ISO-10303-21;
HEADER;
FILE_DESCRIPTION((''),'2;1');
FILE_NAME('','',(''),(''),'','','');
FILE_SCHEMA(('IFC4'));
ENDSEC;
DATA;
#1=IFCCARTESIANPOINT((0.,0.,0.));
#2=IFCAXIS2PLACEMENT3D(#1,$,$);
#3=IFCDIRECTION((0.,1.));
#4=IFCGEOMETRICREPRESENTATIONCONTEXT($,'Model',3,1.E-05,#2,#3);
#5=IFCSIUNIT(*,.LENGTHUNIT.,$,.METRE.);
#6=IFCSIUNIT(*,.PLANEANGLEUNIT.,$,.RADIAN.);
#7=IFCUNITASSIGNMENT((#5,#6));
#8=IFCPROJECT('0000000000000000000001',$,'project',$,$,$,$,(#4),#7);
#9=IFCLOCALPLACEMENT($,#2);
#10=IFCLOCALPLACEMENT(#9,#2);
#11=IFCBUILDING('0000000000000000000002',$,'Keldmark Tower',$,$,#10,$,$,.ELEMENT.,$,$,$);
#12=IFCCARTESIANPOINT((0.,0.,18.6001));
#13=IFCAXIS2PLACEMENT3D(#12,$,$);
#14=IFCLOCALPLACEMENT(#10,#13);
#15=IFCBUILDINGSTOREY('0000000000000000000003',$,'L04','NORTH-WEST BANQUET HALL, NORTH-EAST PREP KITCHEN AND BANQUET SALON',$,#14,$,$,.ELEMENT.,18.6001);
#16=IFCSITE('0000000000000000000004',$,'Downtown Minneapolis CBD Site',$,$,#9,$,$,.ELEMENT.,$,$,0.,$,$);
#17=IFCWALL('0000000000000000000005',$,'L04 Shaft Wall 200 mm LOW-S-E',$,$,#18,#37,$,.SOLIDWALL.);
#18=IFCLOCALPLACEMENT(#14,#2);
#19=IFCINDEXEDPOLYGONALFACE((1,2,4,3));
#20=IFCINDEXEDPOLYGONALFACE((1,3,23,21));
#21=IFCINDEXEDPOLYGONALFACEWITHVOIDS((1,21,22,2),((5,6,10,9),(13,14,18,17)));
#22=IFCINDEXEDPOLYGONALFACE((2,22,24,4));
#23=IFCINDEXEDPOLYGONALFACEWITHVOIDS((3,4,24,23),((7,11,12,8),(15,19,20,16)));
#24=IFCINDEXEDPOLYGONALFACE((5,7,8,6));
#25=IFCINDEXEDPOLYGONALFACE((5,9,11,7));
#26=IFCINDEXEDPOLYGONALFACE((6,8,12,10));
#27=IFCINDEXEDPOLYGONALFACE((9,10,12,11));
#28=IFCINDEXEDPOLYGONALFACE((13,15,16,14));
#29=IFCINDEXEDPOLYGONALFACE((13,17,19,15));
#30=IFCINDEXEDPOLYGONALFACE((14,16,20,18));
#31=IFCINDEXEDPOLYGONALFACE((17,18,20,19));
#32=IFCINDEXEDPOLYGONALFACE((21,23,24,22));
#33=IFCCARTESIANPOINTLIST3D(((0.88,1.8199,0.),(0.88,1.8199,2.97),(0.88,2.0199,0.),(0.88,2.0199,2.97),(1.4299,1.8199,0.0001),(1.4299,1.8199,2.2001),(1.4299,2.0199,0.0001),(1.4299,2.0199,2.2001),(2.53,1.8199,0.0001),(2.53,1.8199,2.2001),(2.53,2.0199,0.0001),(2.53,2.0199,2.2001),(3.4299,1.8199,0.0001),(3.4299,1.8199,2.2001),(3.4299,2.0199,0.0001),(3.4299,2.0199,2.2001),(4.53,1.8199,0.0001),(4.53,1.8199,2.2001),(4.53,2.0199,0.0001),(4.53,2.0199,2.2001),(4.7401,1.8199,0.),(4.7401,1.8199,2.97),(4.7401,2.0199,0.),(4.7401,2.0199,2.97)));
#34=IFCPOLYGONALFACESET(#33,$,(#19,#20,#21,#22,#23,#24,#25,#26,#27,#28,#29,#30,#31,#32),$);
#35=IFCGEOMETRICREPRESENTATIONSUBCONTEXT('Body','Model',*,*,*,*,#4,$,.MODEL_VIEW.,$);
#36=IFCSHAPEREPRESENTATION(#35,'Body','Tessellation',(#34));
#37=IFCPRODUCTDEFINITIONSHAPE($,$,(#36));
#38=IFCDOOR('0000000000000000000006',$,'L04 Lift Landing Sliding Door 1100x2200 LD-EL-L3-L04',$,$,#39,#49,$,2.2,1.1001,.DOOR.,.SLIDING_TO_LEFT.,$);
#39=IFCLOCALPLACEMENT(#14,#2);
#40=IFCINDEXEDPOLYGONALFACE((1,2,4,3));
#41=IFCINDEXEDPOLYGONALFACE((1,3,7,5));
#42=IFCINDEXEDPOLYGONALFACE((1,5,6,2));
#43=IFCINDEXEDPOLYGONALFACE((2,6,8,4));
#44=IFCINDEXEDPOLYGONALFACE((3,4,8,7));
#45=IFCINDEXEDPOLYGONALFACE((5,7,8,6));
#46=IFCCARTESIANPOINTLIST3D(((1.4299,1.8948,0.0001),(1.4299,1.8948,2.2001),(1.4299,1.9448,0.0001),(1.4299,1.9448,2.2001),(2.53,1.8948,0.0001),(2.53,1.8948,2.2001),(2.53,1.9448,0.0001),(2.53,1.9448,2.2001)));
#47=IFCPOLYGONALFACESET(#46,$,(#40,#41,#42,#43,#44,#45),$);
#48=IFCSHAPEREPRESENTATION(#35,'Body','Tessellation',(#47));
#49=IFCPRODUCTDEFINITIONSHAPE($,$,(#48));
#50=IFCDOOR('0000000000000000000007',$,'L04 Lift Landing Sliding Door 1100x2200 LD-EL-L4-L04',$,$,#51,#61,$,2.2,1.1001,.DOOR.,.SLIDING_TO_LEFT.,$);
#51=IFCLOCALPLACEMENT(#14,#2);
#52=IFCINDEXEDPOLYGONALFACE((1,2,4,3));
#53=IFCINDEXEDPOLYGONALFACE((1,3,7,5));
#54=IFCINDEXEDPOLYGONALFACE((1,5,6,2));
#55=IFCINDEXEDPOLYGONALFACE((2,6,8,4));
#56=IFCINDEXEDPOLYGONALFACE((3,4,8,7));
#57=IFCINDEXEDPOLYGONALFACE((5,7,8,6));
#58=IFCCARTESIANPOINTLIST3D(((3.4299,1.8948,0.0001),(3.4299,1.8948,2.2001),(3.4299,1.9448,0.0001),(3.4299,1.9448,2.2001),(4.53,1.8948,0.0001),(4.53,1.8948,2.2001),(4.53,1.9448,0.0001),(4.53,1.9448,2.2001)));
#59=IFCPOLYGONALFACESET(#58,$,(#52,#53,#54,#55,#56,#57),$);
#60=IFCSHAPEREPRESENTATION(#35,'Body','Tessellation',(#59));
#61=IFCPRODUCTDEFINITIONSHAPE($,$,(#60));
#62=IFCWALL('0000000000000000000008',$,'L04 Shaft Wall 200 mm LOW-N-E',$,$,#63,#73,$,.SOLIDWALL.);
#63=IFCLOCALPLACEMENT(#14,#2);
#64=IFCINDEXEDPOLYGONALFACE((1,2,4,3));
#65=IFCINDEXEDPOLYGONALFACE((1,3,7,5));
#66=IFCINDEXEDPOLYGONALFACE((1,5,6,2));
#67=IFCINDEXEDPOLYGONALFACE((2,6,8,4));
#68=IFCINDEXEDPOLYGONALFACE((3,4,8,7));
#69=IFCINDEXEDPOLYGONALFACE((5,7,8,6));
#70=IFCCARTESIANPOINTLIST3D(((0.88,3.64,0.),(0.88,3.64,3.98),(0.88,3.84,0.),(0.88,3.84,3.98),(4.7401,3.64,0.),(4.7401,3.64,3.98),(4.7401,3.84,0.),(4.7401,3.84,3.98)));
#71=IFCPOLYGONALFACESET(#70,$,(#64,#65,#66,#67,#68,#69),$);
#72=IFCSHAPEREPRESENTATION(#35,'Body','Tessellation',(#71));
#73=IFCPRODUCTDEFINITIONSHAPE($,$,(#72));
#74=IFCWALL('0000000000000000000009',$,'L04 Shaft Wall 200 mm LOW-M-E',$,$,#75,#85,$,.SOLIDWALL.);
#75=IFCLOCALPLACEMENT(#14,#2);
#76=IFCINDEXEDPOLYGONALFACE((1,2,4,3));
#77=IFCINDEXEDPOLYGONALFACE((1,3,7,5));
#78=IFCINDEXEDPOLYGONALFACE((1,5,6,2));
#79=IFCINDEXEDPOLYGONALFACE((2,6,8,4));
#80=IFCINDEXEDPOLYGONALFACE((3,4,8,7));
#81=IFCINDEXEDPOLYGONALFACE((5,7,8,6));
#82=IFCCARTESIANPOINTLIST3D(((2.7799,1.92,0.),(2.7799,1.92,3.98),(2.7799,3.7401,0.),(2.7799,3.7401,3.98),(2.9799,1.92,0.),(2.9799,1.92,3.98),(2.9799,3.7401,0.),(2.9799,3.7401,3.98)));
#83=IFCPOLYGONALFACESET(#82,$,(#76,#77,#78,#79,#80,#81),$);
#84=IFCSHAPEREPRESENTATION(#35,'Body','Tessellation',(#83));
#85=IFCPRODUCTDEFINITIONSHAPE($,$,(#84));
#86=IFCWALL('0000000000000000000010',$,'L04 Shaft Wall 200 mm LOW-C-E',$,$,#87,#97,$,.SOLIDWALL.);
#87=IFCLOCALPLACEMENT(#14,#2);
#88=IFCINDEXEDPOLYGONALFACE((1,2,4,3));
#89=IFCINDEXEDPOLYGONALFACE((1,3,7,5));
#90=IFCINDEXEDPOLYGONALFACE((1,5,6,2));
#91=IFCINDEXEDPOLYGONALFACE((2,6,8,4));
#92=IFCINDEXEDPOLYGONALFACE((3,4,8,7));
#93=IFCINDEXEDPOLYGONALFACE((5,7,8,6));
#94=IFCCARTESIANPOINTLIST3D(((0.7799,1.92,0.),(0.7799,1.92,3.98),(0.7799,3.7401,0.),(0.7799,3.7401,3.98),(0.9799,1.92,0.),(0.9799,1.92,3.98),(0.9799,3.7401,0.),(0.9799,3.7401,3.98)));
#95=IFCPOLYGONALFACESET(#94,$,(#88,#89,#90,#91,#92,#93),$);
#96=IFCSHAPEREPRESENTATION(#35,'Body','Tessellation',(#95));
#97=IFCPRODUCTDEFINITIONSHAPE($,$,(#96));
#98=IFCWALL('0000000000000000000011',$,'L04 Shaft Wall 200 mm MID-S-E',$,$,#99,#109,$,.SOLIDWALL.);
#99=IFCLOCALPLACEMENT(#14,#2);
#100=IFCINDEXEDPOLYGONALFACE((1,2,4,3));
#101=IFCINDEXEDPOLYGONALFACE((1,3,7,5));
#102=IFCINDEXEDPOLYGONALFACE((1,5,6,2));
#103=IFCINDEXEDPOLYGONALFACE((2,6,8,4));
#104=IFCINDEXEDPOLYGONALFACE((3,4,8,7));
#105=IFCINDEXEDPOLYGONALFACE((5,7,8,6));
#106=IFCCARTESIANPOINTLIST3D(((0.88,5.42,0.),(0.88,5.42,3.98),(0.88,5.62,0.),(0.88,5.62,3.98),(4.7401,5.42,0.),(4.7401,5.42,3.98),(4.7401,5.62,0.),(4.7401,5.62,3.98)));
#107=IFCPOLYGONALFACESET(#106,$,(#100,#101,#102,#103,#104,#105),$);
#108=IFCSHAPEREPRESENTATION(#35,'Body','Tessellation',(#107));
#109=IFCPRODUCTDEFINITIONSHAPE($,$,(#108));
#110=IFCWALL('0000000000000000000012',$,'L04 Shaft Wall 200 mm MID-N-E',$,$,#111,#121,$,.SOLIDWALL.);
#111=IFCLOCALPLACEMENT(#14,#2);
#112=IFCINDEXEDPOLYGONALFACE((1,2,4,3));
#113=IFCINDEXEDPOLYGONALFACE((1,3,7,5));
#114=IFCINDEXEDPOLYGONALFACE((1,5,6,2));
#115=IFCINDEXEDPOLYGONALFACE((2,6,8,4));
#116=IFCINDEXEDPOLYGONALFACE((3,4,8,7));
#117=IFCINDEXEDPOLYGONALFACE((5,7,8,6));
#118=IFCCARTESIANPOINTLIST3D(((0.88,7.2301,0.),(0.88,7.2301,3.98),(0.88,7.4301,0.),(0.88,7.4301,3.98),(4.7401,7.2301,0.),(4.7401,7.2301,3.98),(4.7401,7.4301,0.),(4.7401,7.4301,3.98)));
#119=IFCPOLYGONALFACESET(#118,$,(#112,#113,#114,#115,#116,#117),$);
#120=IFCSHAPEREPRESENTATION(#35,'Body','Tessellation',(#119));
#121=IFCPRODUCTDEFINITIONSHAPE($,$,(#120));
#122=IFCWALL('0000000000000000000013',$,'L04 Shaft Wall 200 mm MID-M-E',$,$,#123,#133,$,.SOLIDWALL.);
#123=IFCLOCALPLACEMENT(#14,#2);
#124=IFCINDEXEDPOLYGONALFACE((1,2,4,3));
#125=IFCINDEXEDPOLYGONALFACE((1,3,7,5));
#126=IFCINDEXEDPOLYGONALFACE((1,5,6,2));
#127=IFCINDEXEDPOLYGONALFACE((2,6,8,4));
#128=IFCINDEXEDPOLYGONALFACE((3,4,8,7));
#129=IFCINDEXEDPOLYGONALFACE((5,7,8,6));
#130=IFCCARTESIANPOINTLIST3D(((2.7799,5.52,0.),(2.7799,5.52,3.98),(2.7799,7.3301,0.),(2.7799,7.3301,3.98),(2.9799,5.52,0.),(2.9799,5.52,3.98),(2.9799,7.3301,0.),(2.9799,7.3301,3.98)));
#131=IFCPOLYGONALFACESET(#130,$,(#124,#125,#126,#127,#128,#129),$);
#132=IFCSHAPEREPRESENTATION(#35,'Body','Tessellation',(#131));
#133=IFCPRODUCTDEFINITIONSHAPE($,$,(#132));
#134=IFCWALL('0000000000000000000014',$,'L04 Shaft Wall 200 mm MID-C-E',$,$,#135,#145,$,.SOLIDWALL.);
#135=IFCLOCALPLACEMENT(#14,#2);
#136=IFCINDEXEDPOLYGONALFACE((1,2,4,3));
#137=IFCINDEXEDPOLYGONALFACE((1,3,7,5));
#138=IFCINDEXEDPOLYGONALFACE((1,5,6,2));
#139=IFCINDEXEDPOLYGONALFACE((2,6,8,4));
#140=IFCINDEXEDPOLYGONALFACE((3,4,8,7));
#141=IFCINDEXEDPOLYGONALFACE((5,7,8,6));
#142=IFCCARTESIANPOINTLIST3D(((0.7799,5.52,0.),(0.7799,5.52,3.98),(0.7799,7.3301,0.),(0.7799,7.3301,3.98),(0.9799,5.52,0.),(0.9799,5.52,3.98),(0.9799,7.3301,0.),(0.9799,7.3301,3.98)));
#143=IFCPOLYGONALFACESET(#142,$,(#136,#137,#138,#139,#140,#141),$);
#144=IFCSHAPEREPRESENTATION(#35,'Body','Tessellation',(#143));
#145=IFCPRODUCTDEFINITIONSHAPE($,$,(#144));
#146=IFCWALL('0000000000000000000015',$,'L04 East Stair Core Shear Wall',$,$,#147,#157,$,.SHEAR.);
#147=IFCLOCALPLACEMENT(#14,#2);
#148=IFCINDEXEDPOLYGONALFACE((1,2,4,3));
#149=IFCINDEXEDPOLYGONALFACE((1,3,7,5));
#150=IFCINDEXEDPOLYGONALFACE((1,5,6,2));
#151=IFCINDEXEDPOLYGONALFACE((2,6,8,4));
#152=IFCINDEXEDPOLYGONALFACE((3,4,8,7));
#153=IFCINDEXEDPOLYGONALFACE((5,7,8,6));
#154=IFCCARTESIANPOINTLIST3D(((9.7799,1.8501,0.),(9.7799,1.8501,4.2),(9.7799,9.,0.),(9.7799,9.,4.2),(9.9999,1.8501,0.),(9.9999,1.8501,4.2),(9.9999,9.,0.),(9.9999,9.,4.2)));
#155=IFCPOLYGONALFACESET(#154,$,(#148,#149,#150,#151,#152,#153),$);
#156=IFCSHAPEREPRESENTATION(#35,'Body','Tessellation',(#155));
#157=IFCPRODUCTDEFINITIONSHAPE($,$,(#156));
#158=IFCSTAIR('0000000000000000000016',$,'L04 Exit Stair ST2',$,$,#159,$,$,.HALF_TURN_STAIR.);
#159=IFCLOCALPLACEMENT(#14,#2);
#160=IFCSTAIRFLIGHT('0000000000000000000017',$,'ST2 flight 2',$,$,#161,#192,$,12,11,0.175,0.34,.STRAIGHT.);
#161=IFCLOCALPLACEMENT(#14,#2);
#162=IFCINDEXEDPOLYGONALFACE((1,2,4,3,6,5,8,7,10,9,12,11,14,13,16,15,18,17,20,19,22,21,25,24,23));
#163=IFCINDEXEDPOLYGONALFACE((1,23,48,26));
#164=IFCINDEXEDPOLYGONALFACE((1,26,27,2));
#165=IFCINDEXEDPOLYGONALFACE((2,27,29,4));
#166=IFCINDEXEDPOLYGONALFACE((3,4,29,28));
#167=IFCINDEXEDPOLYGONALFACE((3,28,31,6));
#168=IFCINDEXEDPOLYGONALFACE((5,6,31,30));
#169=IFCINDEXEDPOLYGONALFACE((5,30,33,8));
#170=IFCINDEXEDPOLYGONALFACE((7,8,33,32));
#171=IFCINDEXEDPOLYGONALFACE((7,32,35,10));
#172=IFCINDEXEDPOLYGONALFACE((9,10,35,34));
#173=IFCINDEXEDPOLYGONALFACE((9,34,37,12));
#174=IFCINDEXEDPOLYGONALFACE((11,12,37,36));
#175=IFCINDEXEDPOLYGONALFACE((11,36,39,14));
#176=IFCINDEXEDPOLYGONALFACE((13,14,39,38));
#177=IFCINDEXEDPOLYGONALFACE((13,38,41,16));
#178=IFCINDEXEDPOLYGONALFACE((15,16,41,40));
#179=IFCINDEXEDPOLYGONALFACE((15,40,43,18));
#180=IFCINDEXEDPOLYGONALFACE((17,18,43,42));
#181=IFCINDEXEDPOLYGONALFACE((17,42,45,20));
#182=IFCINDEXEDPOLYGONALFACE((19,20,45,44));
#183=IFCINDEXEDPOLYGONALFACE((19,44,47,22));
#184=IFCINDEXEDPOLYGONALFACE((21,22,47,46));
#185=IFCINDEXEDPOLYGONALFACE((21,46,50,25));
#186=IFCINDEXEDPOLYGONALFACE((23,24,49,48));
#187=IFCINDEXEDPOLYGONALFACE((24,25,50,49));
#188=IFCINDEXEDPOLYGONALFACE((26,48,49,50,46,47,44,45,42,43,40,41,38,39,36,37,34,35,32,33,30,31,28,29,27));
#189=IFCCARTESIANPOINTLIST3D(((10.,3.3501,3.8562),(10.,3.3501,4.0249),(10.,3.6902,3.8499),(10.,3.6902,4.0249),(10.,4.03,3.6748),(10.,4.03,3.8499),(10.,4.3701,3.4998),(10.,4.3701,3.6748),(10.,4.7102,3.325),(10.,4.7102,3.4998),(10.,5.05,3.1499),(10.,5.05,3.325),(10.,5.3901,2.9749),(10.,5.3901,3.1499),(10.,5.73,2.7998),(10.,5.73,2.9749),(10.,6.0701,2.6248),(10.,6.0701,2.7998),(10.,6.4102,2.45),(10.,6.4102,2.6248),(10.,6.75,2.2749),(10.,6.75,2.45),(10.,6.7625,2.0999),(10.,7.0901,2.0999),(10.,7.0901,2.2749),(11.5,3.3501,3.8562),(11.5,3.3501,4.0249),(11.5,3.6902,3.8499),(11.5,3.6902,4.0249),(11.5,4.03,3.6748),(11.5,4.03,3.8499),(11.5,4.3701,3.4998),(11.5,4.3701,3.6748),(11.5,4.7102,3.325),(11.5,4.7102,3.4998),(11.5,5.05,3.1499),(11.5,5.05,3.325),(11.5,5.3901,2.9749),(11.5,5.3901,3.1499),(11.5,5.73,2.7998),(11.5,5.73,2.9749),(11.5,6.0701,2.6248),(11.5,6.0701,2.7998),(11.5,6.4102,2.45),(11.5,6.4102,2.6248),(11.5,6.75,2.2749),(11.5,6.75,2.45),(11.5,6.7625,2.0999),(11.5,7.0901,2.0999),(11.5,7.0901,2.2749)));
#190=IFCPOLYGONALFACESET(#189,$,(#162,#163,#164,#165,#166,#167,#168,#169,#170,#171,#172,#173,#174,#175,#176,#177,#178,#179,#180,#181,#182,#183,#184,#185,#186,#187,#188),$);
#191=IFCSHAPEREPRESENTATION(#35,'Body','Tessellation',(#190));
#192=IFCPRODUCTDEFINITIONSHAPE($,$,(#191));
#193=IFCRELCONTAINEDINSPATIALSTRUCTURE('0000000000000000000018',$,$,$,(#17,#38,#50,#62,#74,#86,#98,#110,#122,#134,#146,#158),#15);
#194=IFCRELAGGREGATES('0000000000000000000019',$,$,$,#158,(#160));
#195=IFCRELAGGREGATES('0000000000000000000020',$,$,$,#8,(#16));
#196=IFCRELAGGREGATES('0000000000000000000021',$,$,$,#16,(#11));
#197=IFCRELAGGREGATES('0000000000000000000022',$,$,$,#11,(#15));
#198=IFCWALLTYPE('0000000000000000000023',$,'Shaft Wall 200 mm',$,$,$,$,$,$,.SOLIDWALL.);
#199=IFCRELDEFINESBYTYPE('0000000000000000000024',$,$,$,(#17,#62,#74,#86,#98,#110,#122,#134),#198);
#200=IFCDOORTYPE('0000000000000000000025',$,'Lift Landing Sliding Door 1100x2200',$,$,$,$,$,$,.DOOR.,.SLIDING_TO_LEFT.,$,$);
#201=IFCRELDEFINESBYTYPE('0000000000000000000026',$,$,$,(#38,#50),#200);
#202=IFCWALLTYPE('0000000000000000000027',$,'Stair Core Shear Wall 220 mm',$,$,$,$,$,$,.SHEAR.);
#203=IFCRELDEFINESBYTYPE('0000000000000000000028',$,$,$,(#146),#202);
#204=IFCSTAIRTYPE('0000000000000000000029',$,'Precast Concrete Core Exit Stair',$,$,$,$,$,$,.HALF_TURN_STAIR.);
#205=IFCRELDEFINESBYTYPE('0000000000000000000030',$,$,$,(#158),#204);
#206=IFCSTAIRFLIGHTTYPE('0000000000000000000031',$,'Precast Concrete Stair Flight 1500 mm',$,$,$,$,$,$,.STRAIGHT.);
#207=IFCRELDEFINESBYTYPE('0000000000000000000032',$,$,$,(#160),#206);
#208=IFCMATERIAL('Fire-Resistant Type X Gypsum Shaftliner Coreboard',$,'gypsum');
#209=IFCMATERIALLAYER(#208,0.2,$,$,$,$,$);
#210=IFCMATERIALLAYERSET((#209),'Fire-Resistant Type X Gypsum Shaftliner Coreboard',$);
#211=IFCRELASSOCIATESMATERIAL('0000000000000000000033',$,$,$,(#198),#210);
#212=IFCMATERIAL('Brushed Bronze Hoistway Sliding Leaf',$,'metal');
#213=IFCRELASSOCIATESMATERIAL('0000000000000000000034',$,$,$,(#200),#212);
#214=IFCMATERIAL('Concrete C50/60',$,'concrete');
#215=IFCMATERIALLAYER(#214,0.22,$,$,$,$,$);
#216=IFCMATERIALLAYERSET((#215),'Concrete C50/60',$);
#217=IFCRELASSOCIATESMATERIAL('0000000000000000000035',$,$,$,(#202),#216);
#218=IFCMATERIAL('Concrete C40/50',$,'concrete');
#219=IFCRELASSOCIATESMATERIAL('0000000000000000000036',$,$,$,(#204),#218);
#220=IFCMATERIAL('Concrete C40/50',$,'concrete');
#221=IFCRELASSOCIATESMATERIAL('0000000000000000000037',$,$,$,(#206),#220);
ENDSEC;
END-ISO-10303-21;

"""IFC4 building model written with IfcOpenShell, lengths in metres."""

from ifc_helpers import new_model, si_unit, direction, frame, frame_2d, origin, place, context, subcontext, project, spatial, polyline, rectangle, outline, extrude, material, layer, layer_set, type_object, element, fill, aggregate, save


model = new_model("IFC4")

# Units and contexts
model_context = context("Model", 3, precision=1e-05, world=origin(), true_north=direction((0.0, 1.0)))
body_context = subcontext(model_context, "Body", "Model", "MODEL_VIEW")
ifc_project = project(units=[si_unit("LENGTHUNIT", "METRE"), si_unit("PLANEANGLEUNIT", "RADIAN")], contexts=[model_context])

# Site, building, storey
site_placement = place(None, origin())
site = spatial("IfcSite", under=ifc_project, at=site_placement, Name="Downtown Minneapolis CBD Site", CompositionType="ELEMENT", RefElevation=0.0)
building_placement = place(site_placement, origin())
building = spatial("IfcBuilding", under=site, at=building_placement, Name="Keldmark Tower", CompositionType="ELEMENT")
storey_placement = place(building_placement, frame((0.0, 0.0, 18.6001)))
storey = spatial("IfcBuildingStorey", under=building, at=storey_placement, Name="L04", Description="NORTH-WEST BANQUET HALL, NORTH-EAST PREP KITCHEN AND BANQUET SALON", CompositionType="ELEMENT", Elevation=18.6001)

# Shared definitions
ifc_material_1 = material(Name="Fire-Resistant Type X Gypsum Shaftliner Coreboard", Category="gypsum")
ifc_layer_1 = layer(ifc_material_1, 0.2)
ifc_layer_set_1 = layer_set([ifc_layer_1], Name="Fire-Resistant Type X Gypsum Shaftliner Coreboard")
wall_type_1 = type_object("IfcWallType", Name="Shaft Wall 200 mm", PredefinedType="SOLIDWALL", material=ifc_layer_set_1)

# Wall, openings, doors
wall_1_placement = place(storey_placement, frame((0.8799, 1.9199, 0.0), z_axis=(0.0, 0.0, 1.0), x_axis=(1.0, 0.0, 0.0)))
wall_1 = element("IfcWall", 1, at=wall_1_placement, inside=storey, type_object=wall_type_1, Name="L04 Shaft Wall 200 mm LOW-S-E", PredefinedType="SOLIDWALL", context=body_context, shape_type="SweptSolid", body=[
    extrude(rectangle(XDim=3.8601, YDim=0.2, at=frame_2d((1.9302, 0.0))), origin(), (0.0, 0.0, 1.0), 2.97),
])
opening_1_placement = place(wall_1_placement, frame((0.55, 0.0, 0.0)))
opening_1 = element("IfcOpeningElement", 2, at=opening_1_placement, cuts=wall_1, PredefinedType="OPENING", context=body_context, shape_type="SweptSolid", body=[
    extrude(rectangle(XDim=1.1001, YDim=2.2, at=frame_2d((0.55, 1.1001))), frame((0.0, 0.1099, 0.0), z_axis=(0.0, -1.0, 0.0), x_axis=(1.0, 0.0, 0.0)), (0.0, 0.0, 1.0), 0.22),
])
opening_2_placement = place(wall_1_placement, frame((2.55, 0.0, 0.0)))
opening_2 = element("IfcOpeningElement", 3, at=opening_2_placement, cuts=wall_1, PredefinedType="OPENING", context=body_context, shape_type="SweptSolid", body=[
    extrude(rectangle(XDim=1.1001, YDim=2.2, at=frame_2d((0.55, 1.1001))), frame((0.0, 0.1099, 0.0), z_axis=(0.0, -1.0, 0.0), x_axis=(1.0, 0.0, 0.0)), (0.0, 0.0, 1.0), 0.22),
])
ifc_material_2 = material(Name="Brushed Bronze Hoistway Sliding Leaf", Category="metal")
door_type_1 = type_object("IfcDoorType", Name="Lift Landing Sliding Door 1100x2200", OperationType="SLIDING_TO_LEFT", PredefinedType="DOOR", material=ifc_material_2)
door_1_placement = place(opening_1_placement, origin())
door_1 = element("IfcDoor", 4, at=door_1_placement, inside=storey, type_object=door_type_1, Name="L04 Lift Landing Sliding Door 1100x2200 LD-EL-L3-L04", OperationType="SLIDING_TO_LEFT", OverallHeight=2.2, OverallWidth=1.1001, PredefinedType="DOOR", context=body_context, shape_type="SweptSolid", body=[
    extrude(rectangle(XDim=1.1001, YDim=2.2, at=frame_2d((0.55, 1.1001))), frame((0.0, 0.0249, 0.0), z_axis=(0.0, -1.0, 0.0), x_axis=(1.0, 0.0, 0.0)), (0.0, 0.0, 1.0), 0.05),
])
fill(opening_1, door_1)
door_2_placement = place(opening_2_placement, origin())
door_2 = element("IfcDoor", 5, at=door_2_placement, inside=storey, type_object=door_type_1, Name="L04 Lift Landing Sliding Door 1100x2200 LD-EL-L4-L04", OperationType="SLIDING_TO_LEFT", OverallHeight=2.2, OverallWidth=1.1001, PredefinedType="DOOR", context=body_context, shape_type="SweptSolid", body=[
    extrude(rectangle(XDim=1.1001, YDim=2.2, at=frame_2d((0.55, 1.1001))), frame((0.0, 0.0249, 0.0), z_axis=(0.0, -1.0, 0.0), x_axis=(1.0, 0.0, 0.0)), (0.0, 0.0, 1.0), 0.05),
])
fill(opening_2, door_2)

# Walls
wall_2_placement = place(storey_placement, frame((0.8799, 3.74, 0.0), z_axis=(0.0, 0.0, 1.0), x_axis=(1.0, 0.0, 0.0)))
element("IfcWall", 6, at=wall_2_placement, inside=storey, type_object=wall_type_1, Name="L04 Shaft Wall 200 mm LOW-N-E", PredefinedType="SOLIDWALL", context=body_context, shape_type="SweptSolid", body=[
    extrude(rectangle(XDim=3.8601, YDim=0.2, at=frame_2d((1.9302, 0.0))), origin(), (0.0, 0.0, 1.0), 3.98),
])
for number, where, z_axis, x_axis, name in (
    (7, (2.8799, 1.9199, 0.0), (0.0, 0.0, 1.0), (0.0, 1.0, 0.0), "L04 Shaft Wall 200 mm LOW-M-E"),
    (8, (0.8799, 1.9199, 0.0), (0.0, 0.0, 1.0), (0.0, 1.0, 0.0), "L04 Shaft Wall 200 mm LOW-C-E"),
):
    element("IfcWall", number, at=place(storey_placement, frame(where, z_axis=z_axis, x_axis=x_axis)), inside=storey, type_object=wall_type_1, Name=name, PredefinedType="SOLIDWALL", context=body_context, shape_type="SweptSolid", body=[
        extrude(rectangle(XDim=1.8201, YDim=0.2, at=frame_2d((0.9102, 0.0))), origin(), (0.0, 0.0, 1.0), 3.98),
    ])
for number, where, z_axis, x_axis, name in (
    (9, (0.8799, 5.52, 0.0), (0.0, 0.0, 1.0), (1.0, 0.0, 0.0), "L04 Shaft Wall 200 mm MID-S-E"),
    (10, (0.8799, 7.3301, 0.0), (0.0, 0.0, 1.0), (1.0, 0.0, 0.0), "L04 Shaft Wall 200 mm MID-N-E"),
):
    element("IfcWall", number, at=place(storey_placement, frame(where, z_axis=z_axis, x_axis=x_axis)), inside=storey, type_object=wall_type_1, Name=name, PredefinedType="SOLIDWALL", context=body_context, shape_type="SweptSolid", body=[
        extrude(rectangle(XDim=3.8601, YDim=0.2, at=frame_2d((1.9302, 0.0))), origin(), (0.0, 0.0, 1.0), 3.98),
    ])
for number, where, z_axis, x_axis, name in (
    (11, (2.8799, 5.52, 0.0), (0.0, 0.0, 1.0), (0.0, 1.0, 0.0), "L04 Shaft Wall 200 mm MID-M-E"),
    (12, (0.8799, 5.52, 0.0), (0.0, 0.0, 1.0), (0.0, 1.0, 0.0), "L04 Shaft Wall 200 mm MID-C-E"),
):
    element("IfcWall", number, at=place(storey_placement, frame(where, z_axis=z_axis, x_axis=x_axis)), inside=storey, type_object=wall_type_1, Name=name, PredefinedType="SOLIDWALL", context=body_context, shape_type="SweptSolid", body=[
        extrude(rectangle(XDim=1.8101, YDim=0.2, at=frame_2d((0.905, 0.0))), origin(), (0.0, 0.0, 1.0), 3.98),
    ])
ifc_material_3 = material(Name="Concrete C50/60", Category="concrete")
ifc_layer_2 = layer(ifc_material_3, 0.22)
ifc_layer_set_2 = layer_set([ifc_layer_2], Name="Concrete C50/60")
wall_type_2 = type_object("IfcWallType", Name="Stair Core Shear Wall 220 mm", PredefinedType="SHEAR", material=ifc_layer_set_2)
wall_3_placement = place(storey_placement, frame((9.8899, 1.8501, 0.0), z_axis=(0.0, 0.0, 1.0), x_axis=(0.0, 1.0, 0.0)))
element("IfcWall", 13, at=wall_3_placement, inside=storey, type_object=wall_type_2, Name="L04 East Stair Core Shear Wall", PredefinedType="SHEAR", context=body_context, shape_type="SweptSolid", body=[
    extrude(rectangle(XDim=7.1499, YDim=0.22, at=frame_2d((3.575, 0.0))), origin(), (0.0, 0.0, 1.0), 4.2),
])

# Stair, stair flight
ifc_material_4 = material(Name="Concrete C40/50", Category="concrete")
stair_type = type_object("IfcStairType", Name="Precast Concrete Core Exit Stair", PredefinedType="HALF_TURN_STAIR", material=ifc_material_4)
stair_placement = place(storey_placement, origin())
stair = element("IfcStair", 14, at=stair_placement, inside=storey, type_object=stair_type, Name="L04 Exit Stair ST2", PredefinedType="HALF_TURN_STAIR")
ifc_material_5 = material(Name="Concrete C40/50", Category="concrete")
stair_flight_type = type_object("IfcStairFlightType", Name="Precast Concrete Stair Flight 1500 mm", PredefinedType="STRAIGHT", material=ifc_material_5)
stair_flight_placement = place(storey_placement, frame((10.75, 7.0901, 2.0999), z_axis=(0.0, 0.0, 1.0), x_axis=(0.0, -1.0, 0.0)))
stair_flight = element("IfcStairFlight", 15, at=stair_flight_placement, type_object=stair_flight_type, Name="ST2 flight 2", NumberOfRisers=12, NumberOfTreads=11, PredefinedType="STRAIGHT", RiserHeight=0.175, TreadLength=0.34, context=body_context, shape_type="SweptSolid", body=[
    extrude(outline(polyline([(0.0, 0.0), (0.0, 0.175), (0.3401, 0.175), (0.3401, 0.3501), (0.6799, 0.3501), (0.6799, 0.5249), (1.02, 0.5249), (1.02, 0.7), (1.3601, 0.7), (1.3601, 0.875), (1.7, 0.875), (1.7, 1.05), (2.04, 1.05), (2.04, 1.2251), (2.3799, 1.2251), (2.3799, 1.3999), (2.72, 1.3999), (2.72, 1.575), (3.0601, 1.575), (3.0601, 1.75), (3.3999, 1.75), (3.3999, 1.925), (3.74, 1.925), (3.74, 2.1001), (3.74, 1.7563), (0.3276, 0.0), (0.0, 0.0)])), frame((0.0, 0.75, 0.0), z_axis=(0.0, -1.0, 0.0), x_axis=(1.0, 0.0, 0.0)), (0.0, 0.0, 1.0), 1.5),
])
aggregate(stair, [stair_flight])

save(model, "model.ifc")
